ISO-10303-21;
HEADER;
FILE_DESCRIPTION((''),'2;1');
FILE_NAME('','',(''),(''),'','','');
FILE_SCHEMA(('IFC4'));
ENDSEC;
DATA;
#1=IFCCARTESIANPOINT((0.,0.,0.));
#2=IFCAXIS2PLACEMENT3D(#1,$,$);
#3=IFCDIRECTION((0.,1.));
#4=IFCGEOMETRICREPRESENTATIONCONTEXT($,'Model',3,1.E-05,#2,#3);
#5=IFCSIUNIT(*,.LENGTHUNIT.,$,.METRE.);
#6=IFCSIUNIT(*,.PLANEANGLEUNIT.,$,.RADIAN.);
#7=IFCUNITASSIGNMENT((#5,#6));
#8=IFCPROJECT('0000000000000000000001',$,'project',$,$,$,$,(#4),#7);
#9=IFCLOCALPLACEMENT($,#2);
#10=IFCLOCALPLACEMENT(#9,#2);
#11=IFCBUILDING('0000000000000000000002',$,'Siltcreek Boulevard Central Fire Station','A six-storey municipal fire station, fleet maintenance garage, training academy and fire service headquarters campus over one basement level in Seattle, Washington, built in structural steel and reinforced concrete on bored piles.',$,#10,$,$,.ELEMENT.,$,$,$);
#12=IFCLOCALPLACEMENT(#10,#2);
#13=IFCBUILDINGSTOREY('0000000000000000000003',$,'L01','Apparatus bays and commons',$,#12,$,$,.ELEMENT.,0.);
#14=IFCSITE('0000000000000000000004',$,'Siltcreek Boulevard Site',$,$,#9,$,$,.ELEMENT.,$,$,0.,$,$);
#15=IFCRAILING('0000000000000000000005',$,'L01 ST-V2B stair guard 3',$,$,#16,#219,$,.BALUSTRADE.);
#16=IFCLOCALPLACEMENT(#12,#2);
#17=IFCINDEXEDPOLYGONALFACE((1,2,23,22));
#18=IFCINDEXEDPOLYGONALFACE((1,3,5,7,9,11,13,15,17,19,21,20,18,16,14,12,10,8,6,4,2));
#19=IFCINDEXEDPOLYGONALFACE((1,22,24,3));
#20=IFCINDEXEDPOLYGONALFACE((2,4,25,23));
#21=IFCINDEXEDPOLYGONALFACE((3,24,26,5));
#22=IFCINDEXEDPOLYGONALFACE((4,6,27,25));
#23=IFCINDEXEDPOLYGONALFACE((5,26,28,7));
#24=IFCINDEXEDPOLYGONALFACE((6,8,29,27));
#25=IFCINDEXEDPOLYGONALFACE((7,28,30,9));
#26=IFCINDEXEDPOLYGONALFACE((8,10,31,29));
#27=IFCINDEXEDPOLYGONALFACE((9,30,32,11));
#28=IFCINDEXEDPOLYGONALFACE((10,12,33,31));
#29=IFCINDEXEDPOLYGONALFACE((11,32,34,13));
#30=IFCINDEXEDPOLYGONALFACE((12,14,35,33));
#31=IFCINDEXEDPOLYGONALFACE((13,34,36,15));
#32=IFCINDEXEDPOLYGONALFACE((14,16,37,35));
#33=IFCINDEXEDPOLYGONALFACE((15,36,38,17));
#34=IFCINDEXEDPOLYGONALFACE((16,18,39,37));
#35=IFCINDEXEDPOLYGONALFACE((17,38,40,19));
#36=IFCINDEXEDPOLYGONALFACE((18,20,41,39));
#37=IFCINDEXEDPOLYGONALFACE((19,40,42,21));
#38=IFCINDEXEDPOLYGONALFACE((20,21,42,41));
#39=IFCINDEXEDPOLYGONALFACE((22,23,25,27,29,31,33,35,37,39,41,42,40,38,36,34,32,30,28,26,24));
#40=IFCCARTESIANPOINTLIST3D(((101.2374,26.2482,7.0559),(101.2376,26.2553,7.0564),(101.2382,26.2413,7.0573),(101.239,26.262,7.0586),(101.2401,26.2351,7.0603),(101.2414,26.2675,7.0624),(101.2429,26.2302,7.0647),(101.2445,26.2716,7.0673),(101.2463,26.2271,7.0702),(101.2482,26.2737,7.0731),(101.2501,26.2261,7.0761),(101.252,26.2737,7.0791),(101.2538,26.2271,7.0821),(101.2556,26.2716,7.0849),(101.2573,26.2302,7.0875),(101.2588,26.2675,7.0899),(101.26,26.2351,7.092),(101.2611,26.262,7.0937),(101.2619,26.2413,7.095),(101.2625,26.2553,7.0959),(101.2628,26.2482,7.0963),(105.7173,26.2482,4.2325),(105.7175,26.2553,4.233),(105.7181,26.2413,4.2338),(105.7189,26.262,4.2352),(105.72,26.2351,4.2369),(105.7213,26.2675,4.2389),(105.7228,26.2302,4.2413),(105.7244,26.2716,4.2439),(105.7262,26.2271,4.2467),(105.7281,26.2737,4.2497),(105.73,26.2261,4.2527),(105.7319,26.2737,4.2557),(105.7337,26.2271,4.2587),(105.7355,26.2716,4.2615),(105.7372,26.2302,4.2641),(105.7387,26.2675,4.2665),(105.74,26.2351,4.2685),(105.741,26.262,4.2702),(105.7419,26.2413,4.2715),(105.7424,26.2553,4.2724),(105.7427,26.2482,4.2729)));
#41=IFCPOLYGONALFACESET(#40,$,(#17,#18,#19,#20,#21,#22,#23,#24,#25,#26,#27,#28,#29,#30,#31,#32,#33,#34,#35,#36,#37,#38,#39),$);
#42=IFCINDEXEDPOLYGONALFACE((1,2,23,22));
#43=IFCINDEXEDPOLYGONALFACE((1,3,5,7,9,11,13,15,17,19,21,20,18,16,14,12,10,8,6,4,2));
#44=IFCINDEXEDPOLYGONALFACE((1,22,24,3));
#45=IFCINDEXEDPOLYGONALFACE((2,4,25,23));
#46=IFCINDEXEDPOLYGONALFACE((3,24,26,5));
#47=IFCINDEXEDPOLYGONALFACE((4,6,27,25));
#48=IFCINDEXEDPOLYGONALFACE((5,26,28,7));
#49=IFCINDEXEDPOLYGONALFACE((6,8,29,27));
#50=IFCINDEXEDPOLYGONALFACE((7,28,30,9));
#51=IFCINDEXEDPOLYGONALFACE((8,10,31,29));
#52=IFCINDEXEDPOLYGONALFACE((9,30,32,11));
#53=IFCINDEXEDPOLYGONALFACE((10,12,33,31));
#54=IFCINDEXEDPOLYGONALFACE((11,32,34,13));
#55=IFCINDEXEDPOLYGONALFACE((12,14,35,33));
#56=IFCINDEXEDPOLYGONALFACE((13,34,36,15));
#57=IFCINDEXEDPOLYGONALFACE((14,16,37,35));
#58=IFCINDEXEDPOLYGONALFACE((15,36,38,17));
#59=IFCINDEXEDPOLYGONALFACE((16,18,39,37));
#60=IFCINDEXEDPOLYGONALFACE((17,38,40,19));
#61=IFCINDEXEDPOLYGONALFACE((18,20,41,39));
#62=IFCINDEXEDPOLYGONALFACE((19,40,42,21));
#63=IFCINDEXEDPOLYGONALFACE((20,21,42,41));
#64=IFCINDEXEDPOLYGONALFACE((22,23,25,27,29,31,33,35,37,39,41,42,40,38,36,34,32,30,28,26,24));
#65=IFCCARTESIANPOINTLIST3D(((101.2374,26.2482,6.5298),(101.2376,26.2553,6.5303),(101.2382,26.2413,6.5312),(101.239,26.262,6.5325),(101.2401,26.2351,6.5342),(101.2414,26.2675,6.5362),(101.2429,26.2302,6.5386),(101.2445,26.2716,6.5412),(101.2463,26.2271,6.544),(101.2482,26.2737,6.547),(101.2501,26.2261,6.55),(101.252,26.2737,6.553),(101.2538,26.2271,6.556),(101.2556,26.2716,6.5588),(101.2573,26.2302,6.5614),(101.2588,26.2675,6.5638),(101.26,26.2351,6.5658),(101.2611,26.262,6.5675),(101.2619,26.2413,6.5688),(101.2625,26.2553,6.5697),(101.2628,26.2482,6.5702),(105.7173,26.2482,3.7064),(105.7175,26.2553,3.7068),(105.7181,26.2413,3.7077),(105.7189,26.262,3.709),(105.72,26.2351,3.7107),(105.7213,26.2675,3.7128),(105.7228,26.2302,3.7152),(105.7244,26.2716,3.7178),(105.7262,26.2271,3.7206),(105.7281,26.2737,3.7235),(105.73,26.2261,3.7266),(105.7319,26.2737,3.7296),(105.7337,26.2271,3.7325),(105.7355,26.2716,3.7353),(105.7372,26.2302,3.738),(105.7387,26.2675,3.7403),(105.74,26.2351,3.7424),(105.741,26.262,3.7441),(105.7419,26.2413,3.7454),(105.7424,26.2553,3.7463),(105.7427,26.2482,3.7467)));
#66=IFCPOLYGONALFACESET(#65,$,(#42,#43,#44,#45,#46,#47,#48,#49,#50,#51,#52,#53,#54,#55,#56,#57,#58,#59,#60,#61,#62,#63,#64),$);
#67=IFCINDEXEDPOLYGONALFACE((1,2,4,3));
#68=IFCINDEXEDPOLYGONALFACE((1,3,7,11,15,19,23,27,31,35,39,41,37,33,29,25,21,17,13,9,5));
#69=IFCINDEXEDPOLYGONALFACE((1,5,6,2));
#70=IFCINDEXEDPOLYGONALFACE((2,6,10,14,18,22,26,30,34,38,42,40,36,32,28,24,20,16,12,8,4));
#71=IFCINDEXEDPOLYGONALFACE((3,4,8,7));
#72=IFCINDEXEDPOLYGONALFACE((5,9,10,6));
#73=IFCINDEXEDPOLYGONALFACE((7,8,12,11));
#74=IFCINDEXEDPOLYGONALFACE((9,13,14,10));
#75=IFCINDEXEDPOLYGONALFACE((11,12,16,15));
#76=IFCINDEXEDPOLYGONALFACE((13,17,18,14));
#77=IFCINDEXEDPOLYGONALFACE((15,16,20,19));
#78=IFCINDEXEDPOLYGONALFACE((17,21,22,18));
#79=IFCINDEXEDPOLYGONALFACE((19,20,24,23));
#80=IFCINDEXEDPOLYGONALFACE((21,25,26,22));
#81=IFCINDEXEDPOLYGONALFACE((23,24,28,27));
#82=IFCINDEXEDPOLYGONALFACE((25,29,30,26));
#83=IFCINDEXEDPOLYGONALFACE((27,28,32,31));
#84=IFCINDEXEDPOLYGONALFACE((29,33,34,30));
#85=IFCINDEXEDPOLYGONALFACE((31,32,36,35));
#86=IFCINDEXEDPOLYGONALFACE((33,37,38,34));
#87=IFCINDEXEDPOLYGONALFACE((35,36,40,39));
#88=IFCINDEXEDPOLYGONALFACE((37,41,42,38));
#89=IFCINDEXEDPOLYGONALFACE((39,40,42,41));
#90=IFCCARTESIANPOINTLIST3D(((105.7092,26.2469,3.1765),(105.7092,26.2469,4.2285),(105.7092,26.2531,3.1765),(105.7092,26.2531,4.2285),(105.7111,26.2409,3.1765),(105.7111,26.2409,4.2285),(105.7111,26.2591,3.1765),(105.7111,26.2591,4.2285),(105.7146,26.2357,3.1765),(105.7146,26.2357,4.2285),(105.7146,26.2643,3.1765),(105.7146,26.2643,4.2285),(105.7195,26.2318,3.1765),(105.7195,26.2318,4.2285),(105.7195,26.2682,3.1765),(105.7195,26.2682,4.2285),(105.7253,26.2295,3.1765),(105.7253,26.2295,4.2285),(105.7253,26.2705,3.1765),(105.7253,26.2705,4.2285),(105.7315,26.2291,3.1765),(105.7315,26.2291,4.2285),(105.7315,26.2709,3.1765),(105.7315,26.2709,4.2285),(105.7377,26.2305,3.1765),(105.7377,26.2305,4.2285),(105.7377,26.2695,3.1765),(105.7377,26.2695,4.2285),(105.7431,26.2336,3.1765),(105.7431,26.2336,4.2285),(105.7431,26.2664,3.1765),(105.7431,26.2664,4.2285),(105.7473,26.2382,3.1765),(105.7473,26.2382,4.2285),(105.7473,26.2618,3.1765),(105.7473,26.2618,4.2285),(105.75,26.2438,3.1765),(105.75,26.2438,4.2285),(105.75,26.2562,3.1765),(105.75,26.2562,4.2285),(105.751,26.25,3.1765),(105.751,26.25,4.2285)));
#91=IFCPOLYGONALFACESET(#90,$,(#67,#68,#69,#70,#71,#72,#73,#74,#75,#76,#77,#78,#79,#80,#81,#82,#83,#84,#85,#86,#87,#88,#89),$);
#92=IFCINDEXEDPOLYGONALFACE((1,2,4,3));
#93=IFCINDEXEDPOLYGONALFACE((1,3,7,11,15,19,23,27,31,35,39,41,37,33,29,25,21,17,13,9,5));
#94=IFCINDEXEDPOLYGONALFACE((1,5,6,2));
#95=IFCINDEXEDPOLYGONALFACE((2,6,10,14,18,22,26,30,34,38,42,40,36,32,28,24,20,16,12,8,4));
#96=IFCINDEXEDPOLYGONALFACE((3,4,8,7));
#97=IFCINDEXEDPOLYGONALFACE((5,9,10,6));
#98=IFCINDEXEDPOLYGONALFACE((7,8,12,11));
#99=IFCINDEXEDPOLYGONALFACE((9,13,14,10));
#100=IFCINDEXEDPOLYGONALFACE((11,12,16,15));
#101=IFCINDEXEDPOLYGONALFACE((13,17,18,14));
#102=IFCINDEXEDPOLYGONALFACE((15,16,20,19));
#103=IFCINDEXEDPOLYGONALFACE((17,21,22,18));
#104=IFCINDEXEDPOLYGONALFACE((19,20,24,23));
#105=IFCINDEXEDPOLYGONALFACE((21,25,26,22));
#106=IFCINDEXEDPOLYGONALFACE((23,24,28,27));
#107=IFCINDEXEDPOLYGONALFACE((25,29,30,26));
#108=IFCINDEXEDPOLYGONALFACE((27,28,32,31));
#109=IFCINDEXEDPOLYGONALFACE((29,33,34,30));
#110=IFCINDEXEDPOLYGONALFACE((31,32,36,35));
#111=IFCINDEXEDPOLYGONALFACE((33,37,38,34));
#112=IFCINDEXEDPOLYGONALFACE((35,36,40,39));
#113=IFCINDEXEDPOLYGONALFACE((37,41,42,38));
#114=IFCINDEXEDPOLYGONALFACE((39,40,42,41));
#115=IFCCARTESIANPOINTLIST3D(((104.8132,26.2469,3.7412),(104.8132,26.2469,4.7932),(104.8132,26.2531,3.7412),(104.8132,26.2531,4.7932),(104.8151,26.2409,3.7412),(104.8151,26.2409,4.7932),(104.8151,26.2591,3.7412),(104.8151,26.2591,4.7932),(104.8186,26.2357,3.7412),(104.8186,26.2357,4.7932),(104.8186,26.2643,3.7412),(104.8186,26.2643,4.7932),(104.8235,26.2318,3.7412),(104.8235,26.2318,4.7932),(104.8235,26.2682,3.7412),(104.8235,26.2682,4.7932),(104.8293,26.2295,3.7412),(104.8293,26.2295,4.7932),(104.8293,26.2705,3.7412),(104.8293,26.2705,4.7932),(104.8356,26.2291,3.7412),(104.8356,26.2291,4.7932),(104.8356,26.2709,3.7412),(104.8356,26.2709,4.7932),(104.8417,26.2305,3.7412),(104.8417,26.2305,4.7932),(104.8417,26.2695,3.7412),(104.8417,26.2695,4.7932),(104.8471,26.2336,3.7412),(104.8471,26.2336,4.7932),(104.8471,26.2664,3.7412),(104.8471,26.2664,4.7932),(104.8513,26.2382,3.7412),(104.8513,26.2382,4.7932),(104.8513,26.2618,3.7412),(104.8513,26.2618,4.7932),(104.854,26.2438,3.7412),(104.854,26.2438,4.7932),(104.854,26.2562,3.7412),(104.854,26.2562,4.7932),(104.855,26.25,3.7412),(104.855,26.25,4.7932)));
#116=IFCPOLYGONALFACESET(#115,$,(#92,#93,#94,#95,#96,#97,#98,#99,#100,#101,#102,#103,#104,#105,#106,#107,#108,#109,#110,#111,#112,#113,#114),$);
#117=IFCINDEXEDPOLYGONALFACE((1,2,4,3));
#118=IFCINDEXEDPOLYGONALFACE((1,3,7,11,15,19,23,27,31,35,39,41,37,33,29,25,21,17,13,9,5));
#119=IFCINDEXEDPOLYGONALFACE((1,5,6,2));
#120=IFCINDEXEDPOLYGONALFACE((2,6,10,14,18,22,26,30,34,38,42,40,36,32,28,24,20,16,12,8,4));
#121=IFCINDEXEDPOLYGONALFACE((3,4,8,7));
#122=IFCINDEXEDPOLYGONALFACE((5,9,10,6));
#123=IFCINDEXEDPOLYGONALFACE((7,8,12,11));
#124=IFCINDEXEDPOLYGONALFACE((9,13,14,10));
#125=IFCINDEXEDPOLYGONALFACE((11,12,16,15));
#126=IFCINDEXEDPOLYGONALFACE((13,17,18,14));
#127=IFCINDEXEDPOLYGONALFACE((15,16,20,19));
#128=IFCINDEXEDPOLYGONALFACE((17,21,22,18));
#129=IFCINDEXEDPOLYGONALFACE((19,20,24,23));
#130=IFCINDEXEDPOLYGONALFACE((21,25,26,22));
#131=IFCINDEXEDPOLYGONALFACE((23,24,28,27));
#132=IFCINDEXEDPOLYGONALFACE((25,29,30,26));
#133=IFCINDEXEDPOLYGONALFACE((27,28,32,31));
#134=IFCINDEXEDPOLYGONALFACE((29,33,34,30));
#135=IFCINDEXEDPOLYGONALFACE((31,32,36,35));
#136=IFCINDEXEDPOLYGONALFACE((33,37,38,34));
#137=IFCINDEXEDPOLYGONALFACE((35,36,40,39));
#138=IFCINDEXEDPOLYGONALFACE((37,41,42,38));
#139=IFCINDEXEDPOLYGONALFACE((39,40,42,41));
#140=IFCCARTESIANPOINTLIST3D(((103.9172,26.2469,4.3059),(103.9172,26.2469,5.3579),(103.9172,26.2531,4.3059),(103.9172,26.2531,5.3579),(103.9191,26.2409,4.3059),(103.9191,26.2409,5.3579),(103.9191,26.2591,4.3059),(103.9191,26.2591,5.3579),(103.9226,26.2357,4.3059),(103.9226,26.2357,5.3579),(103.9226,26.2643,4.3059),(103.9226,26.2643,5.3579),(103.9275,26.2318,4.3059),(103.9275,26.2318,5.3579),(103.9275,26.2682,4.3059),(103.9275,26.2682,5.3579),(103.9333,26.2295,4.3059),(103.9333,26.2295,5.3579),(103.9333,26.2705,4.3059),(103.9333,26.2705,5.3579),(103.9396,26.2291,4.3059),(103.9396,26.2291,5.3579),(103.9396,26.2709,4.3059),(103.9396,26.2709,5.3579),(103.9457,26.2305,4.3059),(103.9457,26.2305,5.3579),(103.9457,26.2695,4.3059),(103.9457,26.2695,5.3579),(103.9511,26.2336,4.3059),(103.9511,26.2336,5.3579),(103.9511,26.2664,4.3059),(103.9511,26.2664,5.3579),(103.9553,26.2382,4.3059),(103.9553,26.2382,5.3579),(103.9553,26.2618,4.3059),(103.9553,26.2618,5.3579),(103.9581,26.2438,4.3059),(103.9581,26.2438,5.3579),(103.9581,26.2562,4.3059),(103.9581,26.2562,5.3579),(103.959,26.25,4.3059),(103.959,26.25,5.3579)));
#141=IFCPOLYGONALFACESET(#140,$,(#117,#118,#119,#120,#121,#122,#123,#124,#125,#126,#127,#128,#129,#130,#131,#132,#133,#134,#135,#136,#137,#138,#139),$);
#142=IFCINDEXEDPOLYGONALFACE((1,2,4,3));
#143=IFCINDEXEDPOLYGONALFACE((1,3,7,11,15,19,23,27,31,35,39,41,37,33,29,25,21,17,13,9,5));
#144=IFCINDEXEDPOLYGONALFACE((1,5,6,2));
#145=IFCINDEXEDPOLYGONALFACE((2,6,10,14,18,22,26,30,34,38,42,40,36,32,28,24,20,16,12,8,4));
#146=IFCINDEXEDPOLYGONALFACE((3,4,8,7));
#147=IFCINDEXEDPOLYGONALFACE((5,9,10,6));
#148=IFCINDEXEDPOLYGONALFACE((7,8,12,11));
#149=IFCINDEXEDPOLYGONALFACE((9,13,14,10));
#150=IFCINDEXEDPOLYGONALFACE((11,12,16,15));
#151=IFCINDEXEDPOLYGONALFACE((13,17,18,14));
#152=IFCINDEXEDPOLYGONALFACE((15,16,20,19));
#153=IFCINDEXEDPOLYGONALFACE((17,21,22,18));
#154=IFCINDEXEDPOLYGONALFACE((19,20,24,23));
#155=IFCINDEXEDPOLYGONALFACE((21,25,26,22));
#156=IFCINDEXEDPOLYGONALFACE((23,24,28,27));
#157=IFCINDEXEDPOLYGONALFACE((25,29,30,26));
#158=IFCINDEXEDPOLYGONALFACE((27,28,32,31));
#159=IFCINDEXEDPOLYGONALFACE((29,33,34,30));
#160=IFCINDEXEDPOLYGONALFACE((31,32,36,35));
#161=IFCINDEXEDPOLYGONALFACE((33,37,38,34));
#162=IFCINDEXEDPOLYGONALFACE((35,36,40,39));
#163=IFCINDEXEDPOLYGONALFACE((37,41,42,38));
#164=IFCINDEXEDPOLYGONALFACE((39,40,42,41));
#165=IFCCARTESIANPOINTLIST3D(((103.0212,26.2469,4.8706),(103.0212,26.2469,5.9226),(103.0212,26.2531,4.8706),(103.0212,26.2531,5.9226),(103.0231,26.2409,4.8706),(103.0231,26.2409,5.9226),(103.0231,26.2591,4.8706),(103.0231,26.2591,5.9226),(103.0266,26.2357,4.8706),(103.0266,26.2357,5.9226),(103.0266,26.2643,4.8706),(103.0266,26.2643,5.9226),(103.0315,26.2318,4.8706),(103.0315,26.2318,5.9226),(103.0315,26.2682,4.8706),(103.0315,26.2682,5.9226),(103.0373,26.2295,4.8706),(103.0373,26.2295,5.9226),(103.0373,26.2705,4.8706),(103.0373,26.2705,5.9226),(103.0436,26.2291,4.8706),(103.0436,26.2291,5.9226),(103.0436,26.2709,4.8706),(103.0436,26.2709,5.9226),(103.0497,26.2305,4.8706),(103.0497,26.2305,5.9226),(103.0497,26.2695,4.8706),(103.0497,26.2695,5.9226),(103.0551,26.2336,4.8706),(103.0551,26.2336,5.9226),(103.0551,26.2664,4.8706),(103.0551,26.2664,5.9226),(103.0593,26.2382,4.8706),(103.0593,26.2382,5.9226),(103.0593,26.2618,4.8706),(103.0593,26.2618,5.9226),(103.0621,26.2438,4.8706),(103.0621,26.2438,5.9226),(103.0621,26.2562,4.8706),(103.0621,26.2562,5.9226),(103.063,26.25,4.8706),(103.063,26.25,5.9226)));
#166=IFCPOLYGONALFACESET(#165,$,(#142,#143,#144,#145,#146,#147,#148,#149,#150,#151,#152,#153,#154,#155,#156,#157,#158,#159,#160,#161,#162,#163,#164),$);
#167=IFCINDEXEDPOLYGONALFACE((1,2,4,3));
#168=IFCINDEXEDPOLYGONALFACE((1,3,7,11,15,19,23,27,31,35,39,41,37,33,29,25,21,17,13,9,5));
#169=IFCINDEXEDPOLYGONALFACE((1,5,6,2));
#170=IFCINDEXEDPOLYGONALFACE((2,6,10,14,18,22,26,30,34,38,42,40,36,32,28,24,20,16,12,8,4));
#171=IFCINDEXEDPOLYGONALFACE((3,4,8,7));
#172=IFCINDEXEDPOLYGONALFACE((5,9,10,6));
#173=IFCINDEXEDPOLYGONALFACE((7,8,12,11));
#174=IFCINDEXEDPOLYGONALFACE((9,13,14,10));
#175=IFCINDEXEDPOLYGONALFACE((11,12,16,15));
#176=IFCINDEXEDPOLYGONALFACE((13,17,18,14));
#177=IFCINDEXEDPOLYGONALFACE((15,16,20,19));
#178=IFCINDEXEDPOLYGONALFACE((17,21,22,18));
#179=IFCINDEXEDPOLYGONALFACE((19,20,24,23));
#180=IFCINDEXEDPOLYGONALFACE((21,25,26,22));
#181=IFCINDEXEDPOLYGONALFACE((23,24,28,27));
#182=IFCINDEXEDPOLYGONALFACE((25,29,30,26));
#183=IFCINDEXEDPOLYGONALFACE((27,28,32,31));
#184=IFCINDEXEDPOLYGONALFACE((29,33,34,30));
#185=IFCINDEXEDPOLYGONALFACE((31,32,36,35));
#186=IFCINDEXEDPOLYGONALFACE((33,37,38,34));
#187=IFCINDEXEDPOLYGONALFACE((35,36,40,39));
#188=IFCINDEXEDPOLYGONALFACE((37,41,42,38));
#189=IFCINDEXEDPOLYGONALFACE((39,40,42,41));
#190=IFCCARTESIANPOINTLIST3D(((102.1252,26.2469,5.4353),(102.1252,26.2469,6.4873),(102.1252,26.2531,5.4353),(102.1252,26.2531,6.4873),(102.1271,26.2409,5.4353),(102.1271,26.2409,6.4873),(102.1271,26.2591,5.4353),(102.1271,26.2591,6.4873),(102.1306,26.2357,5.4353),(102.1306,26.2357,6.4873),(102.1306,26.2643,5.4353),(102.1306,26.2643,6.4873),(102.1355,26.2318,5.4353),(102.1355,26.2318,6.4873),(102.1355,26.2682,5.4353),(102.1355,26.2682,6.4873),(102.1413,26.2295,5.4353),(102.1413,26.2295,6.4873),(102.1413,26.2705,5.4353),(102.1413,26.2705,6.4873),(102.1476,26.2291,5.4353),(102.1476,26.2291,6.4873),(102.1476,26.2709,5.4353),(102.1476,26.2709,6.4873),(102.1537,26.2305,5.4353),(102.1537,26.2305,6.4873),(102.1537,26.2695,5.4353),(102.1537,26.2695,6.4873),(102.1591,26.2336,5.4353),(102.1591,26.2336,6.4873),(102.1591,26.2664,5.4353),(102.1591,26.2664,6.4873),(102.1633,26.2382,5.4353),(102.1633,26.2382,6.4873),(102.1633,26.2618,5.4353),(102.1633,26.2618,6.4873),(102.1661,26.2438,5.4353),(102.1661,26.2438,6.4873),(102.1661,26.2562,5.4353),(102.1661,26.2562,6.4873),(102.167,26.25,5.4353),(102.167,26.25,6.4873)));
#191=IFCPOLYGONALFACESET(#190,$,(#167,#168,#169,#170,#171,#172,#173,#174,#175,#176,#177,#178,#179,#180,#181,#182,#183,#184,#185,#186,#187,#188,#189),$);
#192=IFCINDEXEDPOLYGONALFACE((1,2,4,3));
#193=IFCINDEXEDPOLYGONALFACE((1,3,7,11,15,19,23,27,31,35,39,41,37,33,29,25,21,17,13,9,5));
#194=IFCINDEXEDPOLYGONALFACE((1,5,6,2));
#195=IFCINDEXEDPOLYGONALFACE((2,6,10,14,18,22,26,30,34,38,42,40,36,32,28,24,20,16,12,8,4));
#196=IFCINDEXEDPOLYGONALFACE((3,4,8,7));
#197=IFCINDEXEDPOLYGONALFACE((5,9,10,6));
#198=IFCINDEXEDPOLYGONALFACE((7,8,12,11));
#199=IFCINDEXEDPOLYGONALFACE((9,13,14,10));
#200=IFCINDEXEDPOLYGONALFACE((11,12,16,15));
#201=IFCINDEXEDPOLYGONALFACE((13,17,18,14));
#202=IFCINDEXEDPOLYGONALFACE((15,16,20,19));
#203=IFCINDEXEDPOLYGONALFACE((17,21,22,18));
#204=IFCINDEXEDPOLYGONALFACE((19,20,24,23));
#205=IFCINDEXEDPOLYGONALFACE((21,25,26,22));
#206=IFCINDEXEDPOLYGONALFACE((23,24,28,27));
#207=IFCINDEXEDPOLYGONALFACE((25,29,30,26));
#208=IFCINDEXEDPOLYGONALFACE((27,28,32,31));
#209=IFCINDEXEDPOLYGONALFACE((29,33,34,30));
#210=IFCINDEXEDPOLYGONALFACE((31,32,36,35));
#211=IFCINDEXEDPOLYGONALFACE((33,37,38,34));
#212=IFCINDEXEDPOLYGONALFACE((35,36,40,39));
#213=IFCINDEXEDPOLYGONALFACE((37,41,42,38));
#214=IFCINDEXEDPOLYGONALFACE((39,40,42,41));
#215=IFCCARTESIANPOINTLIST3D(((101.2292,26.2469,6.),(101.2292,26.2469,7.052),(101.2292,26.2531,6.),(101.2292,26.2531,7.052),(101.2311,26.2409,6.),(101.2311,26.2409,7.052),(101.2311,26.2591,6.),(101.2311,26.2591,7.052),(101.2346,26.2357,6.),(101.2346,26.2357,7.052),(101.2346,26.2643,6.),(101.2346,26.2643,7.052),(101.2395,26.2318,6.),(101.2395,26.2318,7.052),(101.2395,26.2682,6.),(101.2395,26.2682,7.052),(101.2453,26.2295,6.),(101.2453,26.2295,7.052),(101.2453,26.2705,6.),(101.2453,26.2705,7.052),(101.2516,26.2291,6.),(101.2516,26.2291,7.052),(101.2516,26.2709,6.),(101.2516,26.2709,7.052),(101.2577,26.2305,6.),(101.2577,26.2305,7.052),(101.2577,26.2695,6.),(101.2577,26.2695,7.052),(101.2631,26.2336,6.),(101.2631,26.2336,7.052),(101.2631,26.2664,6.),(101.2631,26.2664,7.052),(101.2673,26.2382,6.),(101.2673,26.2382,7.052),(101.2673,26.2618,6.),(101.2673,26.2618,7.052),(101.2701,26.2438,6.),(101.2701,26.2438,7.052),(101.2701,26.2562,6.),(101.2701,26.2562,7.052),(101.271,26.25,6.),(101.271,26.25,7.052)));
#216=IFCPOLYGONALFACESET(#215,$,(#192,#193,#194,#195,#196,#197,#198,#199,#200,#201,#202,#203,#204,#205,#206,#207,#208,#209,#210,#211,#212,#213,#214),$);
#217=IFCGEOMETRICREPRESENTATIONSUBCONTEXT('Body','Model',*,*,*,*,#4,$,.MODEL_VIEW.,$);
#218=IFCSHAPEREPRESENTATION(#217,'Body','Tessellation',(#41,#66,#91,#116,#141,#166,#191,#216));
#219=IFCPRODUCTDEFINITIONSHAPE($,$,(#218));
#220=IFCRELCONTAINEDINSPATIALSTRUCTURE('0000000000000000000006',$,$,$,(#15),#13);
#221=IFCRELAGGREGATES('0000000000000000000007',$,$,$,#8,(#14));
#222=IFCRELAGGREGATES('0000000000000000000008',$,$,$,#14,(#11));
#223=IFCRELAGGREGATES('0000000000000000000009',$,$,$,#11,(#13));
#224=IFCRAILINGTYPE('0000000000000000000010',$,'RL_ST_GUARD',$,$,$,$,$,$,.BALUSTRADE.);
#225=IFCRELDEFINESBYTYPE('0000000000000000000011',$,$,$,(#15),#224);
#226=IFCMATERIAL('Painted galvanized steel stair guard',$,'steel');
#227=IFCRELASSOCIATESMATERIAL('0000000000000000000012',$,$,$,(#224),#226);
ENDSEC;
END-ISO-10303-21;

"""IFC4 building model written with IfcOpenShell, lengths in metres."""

from ifc_helpers import new_model, si_unit, direction, frame, origin, origin_2d, place, context, subcontext, project, spatial, circle, extrude, material, type_object, element, save


model = new_model("IFC4")

# Units and contexts
model_context = context("Model", 3, precision=1e-05, world=origin(), true_north=direction((0.0, 1.0)))
body_context = subcontext(model_context, "Body", "Model", "MODEL_VIEW")
ifc_project = project(units=[si_unit("LENGTHUNIT", "METRE"), si_unit("PLANEANGLEUNIT", "RADIAN")], contexts=[model_context])

# Site, building, storey
site_placement = place(None, origin())
site = spatial("IfcSite", under=ifc_project, at=site_placement, Name="Siltcreek Boulevard Site", CompositionType="ELEMENT", RefElevation=0.0)
building_placement = place(site_placement, origin())
building = spatial("IfcBuilding", under=site, at=building_placement, Name="Siltcreek Boulevard Central Fire Station", Description="A six-storey municipal fire station, fleet maintenance garage, training academy and fire service headquarters campus over one basement level in Seattle, Washington, built in structural steel and reinforced concrete on bored piles.", CompositionType="ELEMENT")
storey_placement = place(building_placement, origin())
storey = spatial("IfcBuildingStorey", under=building, at=storey_placement, Name="L01", Description="Apparatus bays and commons", CompositionType="ELEMENT", Elevation=0.0)

# Railing
ifc_material_1 = material(Name="Painted galvanized steel stair guard", Category="steel")
railing_type_1 = type_object("IfcRailingType", Name="RL_ST_GUARD", PredefinedType="BALUSTRADE", material=ifc_material_1)
railing_1_placement = place(storey_placement, frame((105.73, 26.25, 3.1765)))
element("IfcRailing", 1, at=railing_1_placement, inside=storey, type_object=railing_type_1, Name="L01 ST-V2B stair guard 3", PredefinedType="BALUSTRADE", context=body_context, shape_type="SweptSolid", body=[
    extrude(circle(Radius=0.0239, at=origin_2d()), frame((0.0, 0.0, 1.0762), z_axis=(-0.845998, 0.0, 0.533186), x_axis=(0.0, -1.0, 0.0)), (0.0, 0.0, 1.0), 5.2954),
    extrude(circle(Radius=0.0239, at=origin_2d()), frame((0.0, 0.0, 0.55), z_axis=(-0.845998, 0.0, 0.533186), x_axis=(0.0, -1.0, 0.0)), (0.0, 0.0, 1.0), 5.2954),
    extrude(circle(Radius=0.021, at=origin_2d()), origin(), (0.0, 0.0, 1.0), 1.052),
    extrude(circle(Radius=0.021, at=origin_2d()), frame((-0.896, 0.0, 0.5647)), (0.0, 0.0, 1.0), 1.052),
    extrude(circle(Radius=0.021, at=origin_2d()), frame((-1.792, 0.0, 1.1294)), (0.0, 0.0, 1.0), 1.052),
    extrude(circle(Radius=0.021, at=origin_2d()), frame((-2.688, 0.0, 1.6941)), (0.0, 0.0, 1.0), 1.052),
    extrude(circle(Radius=0.021, at=origin_2d()), frame((-3.584, 0.0, 2.2588)), (0.0, 0.0, 1.0), 1.052),
    extrude(circle(Radius=0.021, at=origin_2d()), frame((-4.48, 0.0, 2.8235)), (0.0, 0.0, 1.0), 1.052),
])

save(model, "model.ifc")
